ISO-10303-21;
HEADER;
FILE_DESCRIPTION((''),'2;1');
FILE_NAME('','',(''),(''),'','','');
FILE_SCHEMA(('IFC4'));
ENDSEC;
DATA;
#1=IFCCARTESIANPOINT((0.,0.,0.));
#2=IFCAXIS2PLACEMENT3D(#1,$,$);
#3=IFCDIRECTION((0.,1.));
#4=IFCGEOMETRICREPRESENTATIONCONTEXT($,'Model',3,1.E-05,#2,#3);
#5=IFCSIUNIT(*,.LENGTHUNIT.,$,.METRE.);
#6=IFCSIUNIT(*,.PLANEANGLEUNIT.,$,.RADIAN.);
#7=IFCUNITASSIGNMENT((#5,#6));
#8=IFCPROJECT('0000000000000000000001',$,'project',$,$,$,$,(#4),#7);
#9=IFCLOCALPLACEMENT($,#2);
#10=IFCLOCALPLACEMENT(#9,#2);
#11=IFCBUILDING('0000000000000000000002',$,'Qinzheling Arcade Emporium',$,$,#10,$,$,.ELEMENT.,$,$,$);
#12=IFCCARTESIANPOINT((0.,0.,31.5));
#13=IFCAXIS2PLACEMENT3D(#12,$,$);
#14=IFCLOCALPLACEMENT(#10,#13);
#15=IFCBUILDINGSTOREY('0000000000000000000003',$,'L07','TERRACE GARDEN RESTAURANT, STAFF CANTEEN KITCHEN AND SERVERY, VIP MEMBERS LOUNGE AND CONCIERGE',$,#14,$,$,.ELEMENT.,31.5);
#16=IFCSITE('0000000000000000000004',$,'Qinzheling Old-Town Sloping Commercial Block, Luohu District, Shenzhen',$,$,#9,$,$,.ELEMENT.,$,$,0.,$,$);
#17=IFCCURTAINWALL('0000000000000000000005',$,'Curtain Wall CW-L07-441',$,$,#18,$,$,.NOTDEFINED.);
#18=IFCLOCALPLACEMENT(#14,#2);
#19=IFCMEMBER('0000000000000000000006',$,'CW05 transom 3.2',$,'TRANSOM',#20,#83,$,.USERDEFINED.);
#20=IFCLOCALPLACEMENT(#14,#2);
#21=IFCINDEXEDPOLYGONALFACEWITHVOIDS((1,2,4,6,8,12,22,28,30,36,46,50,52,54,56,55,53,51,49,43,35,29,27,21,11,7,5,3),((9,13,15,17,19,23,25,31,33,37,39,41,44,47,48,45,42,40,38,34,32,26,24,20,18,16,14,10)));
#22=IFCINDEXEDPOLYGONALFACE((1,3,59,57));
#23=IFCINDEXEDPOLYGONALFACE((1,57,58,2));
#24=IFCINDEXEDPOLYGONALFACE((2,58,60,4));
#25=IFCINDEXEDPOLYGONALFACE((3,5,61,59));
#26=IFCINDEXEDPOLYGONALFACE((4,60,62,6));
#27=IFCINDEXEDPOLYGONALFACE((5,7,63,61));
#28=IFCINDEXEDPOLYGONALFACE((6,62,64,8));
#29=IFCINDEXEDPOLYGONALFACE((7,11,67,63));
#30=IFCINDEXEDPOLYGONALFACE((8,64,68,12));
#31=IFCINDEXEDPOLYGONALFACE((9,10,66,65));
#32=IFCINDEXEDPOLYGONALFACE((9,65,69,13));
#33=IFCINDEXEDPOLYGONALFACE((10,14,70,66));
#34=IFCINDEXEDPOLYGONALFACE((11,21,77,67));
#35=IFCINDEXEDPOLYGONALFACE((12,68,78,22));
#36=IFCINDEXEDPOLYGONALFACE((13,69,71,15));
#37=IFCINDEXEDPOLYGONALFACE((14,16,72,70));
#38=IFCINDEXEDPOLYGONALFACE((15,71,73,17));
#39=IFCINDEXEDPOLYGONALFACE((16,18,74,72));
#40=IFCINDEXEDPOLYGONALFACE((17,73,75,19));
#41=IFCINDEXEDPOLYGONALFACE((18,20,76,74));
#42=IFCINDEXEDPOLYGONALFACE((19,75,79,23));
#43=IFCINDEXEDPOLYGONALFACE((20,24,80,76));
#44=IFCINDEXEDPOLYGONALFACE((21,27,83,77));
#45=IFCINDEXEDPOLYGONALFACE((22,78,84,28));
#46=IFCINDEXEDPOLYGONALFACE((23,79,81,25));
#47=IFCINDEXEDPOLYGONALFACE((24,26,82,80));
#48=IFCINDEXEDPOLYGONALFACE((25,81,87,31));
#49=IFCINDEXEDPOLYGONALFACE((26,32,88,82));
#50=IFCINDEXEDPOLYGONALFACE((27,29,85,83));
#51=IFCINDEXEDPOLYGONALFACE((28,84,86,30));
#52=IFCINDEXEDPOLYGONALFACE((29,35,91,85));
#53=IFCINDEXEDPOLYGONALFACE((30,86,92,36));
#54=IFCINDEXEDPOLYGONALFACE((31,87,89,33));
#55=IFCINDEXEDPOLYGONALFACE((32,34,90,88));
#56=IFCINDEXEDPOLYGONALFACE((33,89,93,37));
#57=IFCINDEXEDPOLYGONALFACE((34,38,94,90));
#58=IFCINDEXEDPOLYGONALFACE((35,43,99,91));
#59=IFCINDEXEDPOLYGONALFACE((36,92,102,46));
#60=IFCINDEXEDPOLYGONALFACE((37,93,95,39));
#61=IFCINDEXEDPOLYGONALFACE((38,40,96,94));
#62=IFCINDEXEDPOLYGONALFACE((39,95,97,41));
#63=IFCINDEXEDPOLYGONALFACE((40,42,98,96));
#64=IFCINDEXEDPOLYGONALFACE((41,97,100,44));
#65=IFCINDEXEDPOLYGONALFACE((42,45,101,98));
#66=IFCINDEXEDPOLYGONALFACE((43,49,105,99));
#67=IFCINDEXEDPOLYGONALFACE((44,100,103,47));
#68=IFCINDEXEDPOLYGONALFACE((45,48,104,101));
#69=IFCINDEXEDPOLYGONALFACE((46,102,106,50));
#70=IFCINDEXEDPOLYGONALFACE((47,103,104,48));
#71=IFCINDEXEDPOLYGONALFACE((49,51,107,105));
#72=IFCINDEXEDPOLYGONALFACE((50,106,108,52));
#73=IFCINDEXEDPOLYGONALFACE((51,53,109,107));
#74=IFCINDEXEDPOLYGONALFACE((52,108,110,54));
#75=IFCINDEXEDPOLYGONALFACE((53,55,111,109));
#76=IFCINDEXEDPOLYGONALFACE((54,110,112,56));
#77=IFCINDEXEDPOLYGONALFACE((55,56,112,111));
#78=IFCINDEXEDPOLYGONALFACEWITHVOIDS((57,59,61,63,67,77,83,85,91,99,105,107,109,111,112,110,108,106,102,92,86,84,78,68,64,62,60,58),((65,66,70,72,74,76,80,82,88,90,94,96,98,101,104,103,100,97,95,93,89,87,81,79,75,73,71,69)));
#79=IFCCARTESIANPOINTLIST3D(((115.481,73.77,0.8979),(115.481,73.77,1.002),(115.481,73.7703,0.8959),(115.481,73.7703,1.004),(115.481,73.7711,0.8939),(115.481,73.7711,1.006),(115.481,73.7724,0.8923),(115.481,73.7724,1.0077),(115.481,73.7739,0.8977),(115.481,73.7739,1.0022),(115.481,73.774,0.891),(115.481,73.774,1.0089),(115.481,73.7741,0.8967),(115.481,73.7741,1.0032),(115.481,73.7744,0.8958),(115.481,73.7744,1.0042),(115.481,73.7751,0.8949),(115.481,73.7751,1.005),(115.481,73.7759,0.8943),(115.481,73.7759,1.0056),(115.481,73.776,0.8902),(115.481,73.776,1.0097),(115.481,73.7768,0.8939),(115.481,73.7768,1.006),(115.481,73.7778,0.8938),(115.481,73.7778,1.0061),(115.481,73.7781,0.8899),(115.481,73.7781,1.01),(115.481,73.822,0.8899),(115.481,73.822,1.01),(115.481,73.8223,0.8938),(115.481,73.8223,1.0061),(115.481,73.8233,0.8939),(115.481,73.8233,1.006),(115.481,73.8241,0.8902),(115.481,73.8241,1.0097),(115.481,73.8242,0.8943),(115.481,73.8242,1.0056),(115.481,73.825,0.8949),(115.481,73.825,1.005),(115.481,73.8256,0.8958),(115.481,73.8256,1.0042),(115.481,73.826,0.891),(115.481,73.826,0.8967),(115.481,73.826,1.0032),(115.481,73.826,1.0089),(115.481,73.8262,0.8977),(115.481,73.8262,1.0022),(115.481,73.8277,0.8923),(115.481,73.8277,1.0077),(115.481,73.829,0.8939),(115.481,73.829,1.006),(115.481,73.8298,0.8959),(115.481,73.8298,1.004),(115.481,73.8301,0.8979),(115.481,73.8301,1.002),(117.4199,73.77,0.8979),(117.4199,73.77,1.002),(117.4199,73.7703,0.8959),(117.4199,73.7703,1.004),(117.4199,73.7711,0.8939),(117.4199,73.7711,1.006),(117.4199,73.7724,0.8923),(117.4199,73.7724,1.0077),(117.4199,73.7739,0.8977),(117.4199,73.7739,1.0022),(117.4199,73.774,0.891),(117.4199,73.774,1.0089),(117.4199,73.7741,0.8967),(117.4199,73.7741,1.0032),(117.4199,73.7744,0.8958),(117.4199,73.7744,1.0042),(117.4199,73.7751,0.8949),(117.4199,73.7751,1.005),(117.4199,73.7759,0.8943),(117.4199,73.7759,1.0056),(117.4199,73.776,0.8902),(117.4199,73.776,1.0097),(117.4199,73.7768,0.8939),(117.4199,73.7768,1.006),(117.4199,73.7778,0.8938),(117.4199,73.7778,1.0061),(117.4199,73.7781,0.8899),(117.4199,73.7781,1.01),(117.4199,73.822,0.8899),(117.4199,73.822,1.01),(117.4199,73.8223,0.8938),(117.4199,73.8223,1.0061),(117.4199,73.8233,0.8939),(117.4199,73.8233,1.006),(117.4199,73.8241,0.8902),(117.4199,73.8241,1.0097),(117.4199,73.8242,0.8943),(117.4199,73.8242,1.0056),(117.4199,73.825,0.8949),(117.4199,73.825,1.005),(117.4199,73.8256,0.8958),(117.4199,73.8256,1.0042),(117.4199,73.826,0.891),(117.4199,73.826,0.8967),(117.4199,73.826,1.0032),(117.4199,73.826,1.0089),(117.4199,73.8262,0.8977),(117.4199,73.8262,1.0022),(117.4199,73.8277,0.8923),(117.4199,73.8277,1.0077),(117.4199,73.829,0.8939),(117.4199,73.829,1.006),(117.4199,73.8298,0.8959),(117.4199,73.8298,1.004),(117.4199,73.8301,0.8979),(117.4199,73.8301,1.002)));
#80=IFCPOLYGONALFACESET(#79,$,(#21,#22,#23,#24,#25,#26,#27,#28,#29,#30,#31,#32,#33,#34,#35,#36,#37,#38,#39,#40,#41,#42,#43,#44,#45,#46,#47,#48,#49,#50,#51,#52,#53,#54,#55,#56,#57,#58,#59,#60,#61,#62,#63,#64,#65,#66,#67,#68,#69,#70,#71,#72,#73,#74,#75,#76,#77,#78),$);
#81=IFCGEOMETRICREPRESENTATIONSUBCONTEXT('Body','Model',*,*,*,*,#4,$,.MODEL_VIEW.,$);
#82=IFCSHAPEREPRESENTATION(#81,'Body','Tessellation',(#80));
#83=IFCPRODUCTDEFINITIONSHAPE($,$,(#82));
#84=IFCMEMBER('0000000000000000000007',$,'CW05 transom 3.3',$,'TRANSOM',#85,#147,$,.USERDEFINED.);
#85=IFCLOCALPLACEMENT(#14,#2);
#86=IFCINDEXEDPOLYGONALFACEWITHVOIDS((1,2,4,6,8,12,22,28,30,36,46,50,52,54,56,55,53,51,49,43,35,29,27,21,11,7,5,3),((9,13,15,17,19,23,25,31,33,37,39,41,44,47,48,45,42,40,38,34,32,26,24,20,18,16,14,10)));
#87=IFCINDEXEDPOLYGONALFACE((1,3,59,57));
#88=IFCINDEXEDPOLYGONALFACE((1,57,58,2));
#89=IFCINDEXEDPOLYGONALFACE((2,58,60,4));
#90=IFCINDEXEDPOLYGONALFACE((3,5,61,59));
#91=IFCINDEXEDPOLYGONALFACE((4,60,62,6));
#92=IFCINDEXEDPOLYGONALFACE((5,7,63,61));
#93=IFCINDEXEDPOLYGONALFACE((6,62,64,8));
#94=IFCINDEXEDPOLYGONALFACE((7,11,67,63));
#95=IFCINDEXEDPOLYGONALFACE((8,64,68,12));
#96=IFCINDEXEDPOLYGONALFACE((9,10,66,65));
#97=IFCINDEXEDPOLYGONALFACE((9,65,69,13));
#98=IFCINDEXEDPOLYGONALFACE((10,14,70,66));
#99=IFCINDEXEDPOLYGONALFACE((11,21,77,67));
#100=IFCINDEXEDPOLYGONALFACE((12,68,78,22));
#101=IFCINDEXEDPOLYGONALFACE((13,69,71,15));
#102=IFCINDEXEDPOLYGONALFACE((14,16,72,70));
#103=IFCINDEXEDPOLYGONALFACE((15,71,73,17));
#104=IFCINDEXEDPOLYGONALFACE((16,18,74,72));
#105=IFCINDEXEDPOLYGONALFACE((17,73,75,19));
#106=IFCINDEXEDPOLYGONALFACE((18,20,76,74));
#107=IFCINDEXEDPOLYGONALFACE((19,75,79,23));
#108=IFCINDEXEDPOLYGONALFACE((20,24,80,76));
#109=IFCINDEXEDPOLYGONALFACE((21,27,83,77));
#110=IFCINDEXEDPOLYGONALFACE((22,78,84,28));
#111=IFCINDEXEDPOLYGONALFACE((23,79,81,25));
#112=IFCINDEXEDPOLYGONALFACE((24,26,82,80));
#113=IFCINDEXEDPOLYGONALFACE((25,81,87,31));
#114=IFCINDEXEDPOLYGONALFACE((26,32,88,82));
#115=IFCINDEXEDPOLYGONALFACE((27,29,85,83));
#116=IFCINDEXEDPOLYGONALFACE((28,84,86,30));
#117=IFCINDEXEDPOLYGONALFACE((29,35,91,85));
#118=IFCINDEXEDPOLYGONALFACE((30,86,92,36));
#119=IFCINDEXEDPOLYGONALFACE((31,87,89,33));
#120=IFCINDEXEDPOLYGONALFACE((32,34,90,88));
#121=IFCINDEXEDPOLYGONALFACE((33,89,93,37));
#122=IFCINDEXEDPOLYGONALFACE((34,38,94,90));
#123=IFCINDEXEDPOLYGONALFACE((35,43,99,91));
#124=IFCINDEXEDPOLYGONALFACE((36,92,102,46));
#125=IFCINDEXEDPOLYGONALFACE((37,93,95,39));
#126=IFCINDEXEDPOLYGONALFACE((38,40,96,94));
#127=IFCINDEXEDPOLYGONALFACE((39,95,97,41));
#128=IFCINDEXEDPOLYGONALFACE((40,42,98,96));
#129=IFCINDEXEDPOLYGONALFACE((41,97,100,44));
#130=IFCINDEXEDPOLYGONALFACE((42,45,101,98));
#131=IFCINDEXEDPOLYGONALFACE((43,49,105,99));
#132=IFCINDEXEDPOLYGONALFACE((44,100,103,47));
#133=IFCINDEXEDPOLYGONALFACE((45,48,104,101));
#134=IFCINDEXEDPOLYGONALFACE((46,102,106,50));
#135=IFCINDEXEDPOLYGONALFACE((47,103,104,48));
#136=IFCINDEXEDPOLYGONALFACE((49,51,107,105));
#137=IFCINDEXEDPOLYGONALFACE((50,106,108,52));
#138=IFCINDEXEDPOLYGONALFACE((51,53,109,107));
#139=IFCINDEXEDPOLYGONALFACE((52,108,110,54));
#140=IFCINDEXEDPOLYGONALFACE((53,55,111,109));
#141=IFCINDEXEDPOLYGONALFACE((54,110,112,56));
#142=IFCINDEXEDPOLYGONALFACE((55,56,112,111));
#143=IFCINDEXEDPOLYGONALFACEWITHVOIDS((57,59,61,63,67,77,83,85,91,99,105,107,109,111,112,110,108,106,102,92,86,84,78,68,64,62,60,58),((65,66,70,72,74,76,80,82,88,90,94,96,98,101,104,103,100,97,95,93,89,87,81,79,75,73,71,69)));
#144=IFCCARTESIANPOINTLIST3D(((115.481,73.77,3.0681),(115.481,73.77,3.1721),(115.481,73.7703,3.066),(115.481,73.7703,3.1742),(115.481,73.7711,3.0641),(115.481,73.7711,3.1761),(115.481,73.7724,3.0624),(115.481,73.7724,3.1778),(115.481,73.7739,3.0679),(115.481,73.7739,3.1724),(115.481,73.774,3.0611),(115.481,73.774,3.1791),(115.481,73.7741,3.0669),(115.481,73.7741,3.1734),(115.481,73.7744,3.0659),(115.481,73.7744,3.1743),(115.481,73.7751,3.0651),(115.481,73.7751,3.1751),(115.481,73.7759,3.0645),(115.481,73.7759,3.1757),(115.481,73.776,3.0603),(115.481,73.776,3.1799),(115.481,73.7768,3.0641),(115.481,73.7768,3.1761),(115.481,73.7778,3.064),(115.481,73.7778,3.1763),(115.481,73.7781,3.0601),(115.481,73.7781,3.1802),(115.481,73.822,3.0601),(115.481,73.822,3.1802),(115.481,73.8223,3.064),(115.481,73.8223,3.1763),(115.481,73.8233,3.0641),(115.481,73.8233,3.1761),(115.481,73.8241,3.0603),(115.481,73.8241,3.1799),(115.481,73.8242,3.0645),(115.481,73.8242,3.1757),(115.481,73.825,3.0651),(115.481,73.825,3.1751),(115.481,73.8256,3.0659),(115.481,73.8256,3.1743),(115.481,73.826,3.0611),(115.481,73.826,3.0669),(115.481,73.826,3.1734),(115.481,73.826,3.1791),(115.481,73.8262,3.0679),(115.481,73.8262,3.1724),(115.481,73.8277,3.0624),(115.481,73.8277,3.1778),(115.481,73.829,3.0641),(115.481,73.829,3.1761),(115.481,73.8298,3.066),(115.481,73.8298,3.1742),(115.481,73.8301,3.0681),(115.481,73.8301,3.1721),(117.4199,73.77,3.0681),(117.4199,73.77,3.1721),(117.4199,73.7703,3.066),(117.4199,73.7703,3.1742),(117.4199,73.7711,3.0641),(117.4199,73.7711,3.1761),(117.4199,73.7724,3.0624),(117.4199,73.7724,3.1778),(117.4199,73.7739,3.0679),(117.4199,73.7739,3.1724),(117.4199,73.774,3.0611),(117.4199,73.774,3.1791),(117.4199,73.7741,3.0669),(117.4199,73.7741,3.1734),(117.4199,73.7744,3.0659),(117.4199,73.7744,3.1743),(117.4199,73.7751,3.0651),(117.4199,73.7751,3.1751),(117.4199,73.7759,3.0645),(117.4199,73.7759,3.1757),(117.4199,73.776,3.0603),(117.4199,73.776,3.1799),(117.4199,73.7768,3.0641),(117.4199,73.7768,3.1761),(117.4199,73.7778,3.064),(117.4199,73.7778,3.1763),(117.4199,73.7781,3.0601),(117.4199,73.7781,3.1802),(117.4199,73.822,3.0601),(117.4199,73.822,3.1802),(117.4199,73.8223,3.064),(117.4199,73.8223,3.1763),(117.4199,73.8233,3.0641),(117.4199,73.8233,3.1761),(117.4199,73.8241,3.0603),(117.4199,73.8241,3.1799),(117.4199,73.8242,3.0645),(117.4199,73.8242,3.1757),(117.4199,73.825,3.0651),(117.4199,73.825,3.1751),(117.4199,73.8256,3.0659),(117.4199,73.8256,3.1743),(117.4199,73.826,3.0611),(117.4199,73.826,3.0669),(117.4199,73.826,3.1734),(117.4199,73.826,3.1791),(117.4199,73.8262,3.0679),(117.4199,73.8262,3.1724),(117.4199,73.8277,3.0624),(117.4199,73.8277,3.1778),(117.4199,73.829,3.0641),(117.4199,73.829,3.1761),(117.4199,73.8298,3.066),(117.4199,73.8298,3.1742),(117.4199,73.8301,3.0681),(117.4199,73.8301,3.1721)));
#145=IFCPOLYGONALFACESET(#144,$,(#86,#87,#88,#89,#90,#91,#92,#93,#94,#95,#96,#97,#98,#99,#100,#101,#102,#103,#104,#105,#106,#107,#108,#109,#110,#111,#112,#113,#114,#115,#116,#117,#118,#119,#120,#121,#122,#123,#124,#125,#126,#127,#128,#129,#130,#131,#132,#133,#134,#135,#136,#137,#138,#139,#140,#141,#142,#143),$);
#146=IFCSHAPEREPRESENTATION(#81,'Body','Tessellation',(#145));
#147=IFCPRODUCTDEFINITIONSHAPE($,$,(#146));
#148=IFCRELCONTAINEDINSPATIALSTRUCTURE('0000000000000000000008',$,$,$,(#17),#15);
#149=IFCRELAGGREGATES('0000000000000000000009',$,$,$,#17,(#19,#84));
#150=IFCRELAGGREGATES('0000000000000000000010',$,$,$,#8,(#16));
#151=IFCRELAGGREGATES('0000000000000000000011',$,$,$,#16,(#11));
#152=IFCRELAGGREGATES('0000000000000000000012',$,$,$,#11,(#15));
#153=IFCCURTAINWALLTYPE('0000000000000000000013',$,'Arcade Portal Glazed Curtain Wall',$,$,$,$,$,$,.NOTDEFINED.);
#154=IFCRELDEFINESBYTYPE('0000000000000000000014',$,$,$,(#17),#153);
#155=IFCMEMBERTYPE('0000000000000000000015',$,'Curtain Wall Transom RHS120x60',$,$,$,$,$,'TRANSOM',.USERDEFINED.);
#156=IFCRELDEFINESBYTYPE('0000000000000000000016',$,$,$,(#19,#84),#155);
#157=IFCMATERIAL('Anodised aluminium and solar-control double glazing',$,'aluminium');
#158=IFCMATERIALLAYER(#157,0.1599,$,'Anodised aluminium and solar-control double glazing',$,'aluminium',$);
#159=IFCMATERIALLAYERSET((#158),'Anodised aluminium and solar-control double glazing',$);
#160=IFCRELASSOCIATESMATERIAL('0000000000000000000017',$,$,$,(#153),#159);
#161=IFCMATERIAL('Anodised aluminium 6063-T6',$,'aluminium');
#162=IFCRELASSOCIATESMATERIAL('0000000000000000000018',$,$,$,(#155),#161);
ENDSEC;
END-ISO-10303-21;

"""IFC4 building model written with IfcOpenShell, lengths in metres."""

from ifc_helpers import new_model, si_unit, direction, frame, origin, origin_2d, place, context, subcontext, project, spatial, hollow_rectangle, extrude, material, layer, layer_set, material_profile, profile_set, type_object, element, aggregate, save


model = new_model("IFC4")

# Units and contexts
model_context = context("Model", 3, precision=1e-05, world=origin(), true_north=direction((0.0, 1.0)))
body_context = subcontext(model_context, "Body", "Model", "MODEL_VIEW")
ifc_project = project(units=[si_unit("LENGTHUNIT", "METRE"), si_unit("PLANEANGLEUNIT", "RADIAN")], contexts=[model_context])

# Site, building, storey
site_placement = place(None, origin())
site = spatial("IfcSite", under=ifc_project, at=site_placement, Name="Qinzheling Old-Town Sloping Commercial Block, Luohu District, Shenzhen", CompositionType="ELEMENT", RefElevation=0.0)
building_placement = place(site_placement, origin())
building = spatial("IfcBuilding", under=site, at=building_placement, Name="Qinzheling Arcade Emporium", CompositionType="ELEMENT")
storey_placement = place(building_placement, frame((0.0, 0.0, 31.5)))
storey = spatial("IfcBuildingStorey", under=building, at=storey_placement, Name="L07", Description="TERRACE GARDEN RESTAURANT, STAFF CANTEEN KITCHEN AND SERVERY, VIP MEMBERS LOUNGE AND CONCIERGE", CompositionType="ELEMENT", Elevation=31.5)

# Curtain wall, members
ifc_material_1 = material(Name="Anodised aluminium and solar-control double glazing", Category="aluminium")
ifc_layer_1 = layer(ifc_material_1, 0.1599, Name="Anodised aluminium and solar-control double glazing", Category="aluminium")
ifc_layer_set_1 = layer_set([ifc_layer_1], Name="Anodised aluminium and solar-control double glazing")
curtain_wall_type = type_object("IfcCurtainWallType", Name="Arcade Portal Glazed Curtain Wall", PredefinedType="NOTDEFINED", material=ifc_layer_set_1)
curtain_wall_placement = place(storey_placement, origin())
curtain_wall = element("IfcCurtainWall", 1, at=curtain_wall_placement, inside=storey, type_object=curtain_wall_type, Name="Curtain Wall CW-L07-441", PredefinedType="NOTDEFINED")
ifc_material_2 = material(Name="Anodised aluminium 6063-T6", Category="aluminium")
ifc_material_profile_1 = material_profile(ifc_material_2, hollow_rectangle(XDim=0.0601, YDim=0.1201, WallThickness=0.0039, InnerFilletRadius=0.0039, OuterFilletRadius=0.0081, at=origin_2d()), Name="RHS 120x60x4", Category="aluminium")
ifc_profile_set_1 = profile_set([ifc_material_profile_1], Name="Anodised aluminium 6063-T6")
member_type_1 = type_object("IfcMemberType", Name="Curtain Wall Transom RHS120x60", ElementType="TRANSOM", PredefinedType="USERDEFINED", material=ifc_profile_set_1)
member_1_placement = place(storey_placement, frame((117.4199, 73.8, 0.95), z_axis=(-1.0, 0.0, 0.0), x_axis=(0.0, -1.0, 0.0)))
member_1 = element("IfcMember", 2, at=member_1_placement, type_object=member_type_1, Name="CW05 transom 3.2", ObjectType="TRANSOM", PredefinedType="USERDEFINED", context=body_context, shape_type="SweptSolid", body=[
    extrude(hollow_rectangle(XDim=0.0601, YDim=0.1201, WallThickness=0.0039, InnerFilletRadius=0.0039, OuterFilletRadius=0.0081, at=origin_2d()), origin(), (0.0, 0.0, 1.0), 1.939),
])
member_2_placement = place(storey_placement, frame((117.4199, 73.8, 3.1201), z_axis=(-1.0, 0.0, 0.0), x_axis=(0.0, -1.0, 0.0)))
member_2 = element("IfcMember", 3, at=member_2_placement, type_object=member_type_1, Name="CW05 transom 3.3", ObjectType="TRANSOM", PredefinedType="USERDEFINED", context=body_context, shape_type="SweptSolid", body=[
    extrude(hollow_rectangle(XDim=0.0601, YDim=0.1201, WallThickness=0.0039, InnerFilletRadius=0.0039, OuterFilletRadius=0.0081, at=origin_2d()), origin(), (0.0, 0.0, 1.0), 1.939),
])
aggregate(curtain_wall, [member_1, member_2])

save(model, "model.ifc")
